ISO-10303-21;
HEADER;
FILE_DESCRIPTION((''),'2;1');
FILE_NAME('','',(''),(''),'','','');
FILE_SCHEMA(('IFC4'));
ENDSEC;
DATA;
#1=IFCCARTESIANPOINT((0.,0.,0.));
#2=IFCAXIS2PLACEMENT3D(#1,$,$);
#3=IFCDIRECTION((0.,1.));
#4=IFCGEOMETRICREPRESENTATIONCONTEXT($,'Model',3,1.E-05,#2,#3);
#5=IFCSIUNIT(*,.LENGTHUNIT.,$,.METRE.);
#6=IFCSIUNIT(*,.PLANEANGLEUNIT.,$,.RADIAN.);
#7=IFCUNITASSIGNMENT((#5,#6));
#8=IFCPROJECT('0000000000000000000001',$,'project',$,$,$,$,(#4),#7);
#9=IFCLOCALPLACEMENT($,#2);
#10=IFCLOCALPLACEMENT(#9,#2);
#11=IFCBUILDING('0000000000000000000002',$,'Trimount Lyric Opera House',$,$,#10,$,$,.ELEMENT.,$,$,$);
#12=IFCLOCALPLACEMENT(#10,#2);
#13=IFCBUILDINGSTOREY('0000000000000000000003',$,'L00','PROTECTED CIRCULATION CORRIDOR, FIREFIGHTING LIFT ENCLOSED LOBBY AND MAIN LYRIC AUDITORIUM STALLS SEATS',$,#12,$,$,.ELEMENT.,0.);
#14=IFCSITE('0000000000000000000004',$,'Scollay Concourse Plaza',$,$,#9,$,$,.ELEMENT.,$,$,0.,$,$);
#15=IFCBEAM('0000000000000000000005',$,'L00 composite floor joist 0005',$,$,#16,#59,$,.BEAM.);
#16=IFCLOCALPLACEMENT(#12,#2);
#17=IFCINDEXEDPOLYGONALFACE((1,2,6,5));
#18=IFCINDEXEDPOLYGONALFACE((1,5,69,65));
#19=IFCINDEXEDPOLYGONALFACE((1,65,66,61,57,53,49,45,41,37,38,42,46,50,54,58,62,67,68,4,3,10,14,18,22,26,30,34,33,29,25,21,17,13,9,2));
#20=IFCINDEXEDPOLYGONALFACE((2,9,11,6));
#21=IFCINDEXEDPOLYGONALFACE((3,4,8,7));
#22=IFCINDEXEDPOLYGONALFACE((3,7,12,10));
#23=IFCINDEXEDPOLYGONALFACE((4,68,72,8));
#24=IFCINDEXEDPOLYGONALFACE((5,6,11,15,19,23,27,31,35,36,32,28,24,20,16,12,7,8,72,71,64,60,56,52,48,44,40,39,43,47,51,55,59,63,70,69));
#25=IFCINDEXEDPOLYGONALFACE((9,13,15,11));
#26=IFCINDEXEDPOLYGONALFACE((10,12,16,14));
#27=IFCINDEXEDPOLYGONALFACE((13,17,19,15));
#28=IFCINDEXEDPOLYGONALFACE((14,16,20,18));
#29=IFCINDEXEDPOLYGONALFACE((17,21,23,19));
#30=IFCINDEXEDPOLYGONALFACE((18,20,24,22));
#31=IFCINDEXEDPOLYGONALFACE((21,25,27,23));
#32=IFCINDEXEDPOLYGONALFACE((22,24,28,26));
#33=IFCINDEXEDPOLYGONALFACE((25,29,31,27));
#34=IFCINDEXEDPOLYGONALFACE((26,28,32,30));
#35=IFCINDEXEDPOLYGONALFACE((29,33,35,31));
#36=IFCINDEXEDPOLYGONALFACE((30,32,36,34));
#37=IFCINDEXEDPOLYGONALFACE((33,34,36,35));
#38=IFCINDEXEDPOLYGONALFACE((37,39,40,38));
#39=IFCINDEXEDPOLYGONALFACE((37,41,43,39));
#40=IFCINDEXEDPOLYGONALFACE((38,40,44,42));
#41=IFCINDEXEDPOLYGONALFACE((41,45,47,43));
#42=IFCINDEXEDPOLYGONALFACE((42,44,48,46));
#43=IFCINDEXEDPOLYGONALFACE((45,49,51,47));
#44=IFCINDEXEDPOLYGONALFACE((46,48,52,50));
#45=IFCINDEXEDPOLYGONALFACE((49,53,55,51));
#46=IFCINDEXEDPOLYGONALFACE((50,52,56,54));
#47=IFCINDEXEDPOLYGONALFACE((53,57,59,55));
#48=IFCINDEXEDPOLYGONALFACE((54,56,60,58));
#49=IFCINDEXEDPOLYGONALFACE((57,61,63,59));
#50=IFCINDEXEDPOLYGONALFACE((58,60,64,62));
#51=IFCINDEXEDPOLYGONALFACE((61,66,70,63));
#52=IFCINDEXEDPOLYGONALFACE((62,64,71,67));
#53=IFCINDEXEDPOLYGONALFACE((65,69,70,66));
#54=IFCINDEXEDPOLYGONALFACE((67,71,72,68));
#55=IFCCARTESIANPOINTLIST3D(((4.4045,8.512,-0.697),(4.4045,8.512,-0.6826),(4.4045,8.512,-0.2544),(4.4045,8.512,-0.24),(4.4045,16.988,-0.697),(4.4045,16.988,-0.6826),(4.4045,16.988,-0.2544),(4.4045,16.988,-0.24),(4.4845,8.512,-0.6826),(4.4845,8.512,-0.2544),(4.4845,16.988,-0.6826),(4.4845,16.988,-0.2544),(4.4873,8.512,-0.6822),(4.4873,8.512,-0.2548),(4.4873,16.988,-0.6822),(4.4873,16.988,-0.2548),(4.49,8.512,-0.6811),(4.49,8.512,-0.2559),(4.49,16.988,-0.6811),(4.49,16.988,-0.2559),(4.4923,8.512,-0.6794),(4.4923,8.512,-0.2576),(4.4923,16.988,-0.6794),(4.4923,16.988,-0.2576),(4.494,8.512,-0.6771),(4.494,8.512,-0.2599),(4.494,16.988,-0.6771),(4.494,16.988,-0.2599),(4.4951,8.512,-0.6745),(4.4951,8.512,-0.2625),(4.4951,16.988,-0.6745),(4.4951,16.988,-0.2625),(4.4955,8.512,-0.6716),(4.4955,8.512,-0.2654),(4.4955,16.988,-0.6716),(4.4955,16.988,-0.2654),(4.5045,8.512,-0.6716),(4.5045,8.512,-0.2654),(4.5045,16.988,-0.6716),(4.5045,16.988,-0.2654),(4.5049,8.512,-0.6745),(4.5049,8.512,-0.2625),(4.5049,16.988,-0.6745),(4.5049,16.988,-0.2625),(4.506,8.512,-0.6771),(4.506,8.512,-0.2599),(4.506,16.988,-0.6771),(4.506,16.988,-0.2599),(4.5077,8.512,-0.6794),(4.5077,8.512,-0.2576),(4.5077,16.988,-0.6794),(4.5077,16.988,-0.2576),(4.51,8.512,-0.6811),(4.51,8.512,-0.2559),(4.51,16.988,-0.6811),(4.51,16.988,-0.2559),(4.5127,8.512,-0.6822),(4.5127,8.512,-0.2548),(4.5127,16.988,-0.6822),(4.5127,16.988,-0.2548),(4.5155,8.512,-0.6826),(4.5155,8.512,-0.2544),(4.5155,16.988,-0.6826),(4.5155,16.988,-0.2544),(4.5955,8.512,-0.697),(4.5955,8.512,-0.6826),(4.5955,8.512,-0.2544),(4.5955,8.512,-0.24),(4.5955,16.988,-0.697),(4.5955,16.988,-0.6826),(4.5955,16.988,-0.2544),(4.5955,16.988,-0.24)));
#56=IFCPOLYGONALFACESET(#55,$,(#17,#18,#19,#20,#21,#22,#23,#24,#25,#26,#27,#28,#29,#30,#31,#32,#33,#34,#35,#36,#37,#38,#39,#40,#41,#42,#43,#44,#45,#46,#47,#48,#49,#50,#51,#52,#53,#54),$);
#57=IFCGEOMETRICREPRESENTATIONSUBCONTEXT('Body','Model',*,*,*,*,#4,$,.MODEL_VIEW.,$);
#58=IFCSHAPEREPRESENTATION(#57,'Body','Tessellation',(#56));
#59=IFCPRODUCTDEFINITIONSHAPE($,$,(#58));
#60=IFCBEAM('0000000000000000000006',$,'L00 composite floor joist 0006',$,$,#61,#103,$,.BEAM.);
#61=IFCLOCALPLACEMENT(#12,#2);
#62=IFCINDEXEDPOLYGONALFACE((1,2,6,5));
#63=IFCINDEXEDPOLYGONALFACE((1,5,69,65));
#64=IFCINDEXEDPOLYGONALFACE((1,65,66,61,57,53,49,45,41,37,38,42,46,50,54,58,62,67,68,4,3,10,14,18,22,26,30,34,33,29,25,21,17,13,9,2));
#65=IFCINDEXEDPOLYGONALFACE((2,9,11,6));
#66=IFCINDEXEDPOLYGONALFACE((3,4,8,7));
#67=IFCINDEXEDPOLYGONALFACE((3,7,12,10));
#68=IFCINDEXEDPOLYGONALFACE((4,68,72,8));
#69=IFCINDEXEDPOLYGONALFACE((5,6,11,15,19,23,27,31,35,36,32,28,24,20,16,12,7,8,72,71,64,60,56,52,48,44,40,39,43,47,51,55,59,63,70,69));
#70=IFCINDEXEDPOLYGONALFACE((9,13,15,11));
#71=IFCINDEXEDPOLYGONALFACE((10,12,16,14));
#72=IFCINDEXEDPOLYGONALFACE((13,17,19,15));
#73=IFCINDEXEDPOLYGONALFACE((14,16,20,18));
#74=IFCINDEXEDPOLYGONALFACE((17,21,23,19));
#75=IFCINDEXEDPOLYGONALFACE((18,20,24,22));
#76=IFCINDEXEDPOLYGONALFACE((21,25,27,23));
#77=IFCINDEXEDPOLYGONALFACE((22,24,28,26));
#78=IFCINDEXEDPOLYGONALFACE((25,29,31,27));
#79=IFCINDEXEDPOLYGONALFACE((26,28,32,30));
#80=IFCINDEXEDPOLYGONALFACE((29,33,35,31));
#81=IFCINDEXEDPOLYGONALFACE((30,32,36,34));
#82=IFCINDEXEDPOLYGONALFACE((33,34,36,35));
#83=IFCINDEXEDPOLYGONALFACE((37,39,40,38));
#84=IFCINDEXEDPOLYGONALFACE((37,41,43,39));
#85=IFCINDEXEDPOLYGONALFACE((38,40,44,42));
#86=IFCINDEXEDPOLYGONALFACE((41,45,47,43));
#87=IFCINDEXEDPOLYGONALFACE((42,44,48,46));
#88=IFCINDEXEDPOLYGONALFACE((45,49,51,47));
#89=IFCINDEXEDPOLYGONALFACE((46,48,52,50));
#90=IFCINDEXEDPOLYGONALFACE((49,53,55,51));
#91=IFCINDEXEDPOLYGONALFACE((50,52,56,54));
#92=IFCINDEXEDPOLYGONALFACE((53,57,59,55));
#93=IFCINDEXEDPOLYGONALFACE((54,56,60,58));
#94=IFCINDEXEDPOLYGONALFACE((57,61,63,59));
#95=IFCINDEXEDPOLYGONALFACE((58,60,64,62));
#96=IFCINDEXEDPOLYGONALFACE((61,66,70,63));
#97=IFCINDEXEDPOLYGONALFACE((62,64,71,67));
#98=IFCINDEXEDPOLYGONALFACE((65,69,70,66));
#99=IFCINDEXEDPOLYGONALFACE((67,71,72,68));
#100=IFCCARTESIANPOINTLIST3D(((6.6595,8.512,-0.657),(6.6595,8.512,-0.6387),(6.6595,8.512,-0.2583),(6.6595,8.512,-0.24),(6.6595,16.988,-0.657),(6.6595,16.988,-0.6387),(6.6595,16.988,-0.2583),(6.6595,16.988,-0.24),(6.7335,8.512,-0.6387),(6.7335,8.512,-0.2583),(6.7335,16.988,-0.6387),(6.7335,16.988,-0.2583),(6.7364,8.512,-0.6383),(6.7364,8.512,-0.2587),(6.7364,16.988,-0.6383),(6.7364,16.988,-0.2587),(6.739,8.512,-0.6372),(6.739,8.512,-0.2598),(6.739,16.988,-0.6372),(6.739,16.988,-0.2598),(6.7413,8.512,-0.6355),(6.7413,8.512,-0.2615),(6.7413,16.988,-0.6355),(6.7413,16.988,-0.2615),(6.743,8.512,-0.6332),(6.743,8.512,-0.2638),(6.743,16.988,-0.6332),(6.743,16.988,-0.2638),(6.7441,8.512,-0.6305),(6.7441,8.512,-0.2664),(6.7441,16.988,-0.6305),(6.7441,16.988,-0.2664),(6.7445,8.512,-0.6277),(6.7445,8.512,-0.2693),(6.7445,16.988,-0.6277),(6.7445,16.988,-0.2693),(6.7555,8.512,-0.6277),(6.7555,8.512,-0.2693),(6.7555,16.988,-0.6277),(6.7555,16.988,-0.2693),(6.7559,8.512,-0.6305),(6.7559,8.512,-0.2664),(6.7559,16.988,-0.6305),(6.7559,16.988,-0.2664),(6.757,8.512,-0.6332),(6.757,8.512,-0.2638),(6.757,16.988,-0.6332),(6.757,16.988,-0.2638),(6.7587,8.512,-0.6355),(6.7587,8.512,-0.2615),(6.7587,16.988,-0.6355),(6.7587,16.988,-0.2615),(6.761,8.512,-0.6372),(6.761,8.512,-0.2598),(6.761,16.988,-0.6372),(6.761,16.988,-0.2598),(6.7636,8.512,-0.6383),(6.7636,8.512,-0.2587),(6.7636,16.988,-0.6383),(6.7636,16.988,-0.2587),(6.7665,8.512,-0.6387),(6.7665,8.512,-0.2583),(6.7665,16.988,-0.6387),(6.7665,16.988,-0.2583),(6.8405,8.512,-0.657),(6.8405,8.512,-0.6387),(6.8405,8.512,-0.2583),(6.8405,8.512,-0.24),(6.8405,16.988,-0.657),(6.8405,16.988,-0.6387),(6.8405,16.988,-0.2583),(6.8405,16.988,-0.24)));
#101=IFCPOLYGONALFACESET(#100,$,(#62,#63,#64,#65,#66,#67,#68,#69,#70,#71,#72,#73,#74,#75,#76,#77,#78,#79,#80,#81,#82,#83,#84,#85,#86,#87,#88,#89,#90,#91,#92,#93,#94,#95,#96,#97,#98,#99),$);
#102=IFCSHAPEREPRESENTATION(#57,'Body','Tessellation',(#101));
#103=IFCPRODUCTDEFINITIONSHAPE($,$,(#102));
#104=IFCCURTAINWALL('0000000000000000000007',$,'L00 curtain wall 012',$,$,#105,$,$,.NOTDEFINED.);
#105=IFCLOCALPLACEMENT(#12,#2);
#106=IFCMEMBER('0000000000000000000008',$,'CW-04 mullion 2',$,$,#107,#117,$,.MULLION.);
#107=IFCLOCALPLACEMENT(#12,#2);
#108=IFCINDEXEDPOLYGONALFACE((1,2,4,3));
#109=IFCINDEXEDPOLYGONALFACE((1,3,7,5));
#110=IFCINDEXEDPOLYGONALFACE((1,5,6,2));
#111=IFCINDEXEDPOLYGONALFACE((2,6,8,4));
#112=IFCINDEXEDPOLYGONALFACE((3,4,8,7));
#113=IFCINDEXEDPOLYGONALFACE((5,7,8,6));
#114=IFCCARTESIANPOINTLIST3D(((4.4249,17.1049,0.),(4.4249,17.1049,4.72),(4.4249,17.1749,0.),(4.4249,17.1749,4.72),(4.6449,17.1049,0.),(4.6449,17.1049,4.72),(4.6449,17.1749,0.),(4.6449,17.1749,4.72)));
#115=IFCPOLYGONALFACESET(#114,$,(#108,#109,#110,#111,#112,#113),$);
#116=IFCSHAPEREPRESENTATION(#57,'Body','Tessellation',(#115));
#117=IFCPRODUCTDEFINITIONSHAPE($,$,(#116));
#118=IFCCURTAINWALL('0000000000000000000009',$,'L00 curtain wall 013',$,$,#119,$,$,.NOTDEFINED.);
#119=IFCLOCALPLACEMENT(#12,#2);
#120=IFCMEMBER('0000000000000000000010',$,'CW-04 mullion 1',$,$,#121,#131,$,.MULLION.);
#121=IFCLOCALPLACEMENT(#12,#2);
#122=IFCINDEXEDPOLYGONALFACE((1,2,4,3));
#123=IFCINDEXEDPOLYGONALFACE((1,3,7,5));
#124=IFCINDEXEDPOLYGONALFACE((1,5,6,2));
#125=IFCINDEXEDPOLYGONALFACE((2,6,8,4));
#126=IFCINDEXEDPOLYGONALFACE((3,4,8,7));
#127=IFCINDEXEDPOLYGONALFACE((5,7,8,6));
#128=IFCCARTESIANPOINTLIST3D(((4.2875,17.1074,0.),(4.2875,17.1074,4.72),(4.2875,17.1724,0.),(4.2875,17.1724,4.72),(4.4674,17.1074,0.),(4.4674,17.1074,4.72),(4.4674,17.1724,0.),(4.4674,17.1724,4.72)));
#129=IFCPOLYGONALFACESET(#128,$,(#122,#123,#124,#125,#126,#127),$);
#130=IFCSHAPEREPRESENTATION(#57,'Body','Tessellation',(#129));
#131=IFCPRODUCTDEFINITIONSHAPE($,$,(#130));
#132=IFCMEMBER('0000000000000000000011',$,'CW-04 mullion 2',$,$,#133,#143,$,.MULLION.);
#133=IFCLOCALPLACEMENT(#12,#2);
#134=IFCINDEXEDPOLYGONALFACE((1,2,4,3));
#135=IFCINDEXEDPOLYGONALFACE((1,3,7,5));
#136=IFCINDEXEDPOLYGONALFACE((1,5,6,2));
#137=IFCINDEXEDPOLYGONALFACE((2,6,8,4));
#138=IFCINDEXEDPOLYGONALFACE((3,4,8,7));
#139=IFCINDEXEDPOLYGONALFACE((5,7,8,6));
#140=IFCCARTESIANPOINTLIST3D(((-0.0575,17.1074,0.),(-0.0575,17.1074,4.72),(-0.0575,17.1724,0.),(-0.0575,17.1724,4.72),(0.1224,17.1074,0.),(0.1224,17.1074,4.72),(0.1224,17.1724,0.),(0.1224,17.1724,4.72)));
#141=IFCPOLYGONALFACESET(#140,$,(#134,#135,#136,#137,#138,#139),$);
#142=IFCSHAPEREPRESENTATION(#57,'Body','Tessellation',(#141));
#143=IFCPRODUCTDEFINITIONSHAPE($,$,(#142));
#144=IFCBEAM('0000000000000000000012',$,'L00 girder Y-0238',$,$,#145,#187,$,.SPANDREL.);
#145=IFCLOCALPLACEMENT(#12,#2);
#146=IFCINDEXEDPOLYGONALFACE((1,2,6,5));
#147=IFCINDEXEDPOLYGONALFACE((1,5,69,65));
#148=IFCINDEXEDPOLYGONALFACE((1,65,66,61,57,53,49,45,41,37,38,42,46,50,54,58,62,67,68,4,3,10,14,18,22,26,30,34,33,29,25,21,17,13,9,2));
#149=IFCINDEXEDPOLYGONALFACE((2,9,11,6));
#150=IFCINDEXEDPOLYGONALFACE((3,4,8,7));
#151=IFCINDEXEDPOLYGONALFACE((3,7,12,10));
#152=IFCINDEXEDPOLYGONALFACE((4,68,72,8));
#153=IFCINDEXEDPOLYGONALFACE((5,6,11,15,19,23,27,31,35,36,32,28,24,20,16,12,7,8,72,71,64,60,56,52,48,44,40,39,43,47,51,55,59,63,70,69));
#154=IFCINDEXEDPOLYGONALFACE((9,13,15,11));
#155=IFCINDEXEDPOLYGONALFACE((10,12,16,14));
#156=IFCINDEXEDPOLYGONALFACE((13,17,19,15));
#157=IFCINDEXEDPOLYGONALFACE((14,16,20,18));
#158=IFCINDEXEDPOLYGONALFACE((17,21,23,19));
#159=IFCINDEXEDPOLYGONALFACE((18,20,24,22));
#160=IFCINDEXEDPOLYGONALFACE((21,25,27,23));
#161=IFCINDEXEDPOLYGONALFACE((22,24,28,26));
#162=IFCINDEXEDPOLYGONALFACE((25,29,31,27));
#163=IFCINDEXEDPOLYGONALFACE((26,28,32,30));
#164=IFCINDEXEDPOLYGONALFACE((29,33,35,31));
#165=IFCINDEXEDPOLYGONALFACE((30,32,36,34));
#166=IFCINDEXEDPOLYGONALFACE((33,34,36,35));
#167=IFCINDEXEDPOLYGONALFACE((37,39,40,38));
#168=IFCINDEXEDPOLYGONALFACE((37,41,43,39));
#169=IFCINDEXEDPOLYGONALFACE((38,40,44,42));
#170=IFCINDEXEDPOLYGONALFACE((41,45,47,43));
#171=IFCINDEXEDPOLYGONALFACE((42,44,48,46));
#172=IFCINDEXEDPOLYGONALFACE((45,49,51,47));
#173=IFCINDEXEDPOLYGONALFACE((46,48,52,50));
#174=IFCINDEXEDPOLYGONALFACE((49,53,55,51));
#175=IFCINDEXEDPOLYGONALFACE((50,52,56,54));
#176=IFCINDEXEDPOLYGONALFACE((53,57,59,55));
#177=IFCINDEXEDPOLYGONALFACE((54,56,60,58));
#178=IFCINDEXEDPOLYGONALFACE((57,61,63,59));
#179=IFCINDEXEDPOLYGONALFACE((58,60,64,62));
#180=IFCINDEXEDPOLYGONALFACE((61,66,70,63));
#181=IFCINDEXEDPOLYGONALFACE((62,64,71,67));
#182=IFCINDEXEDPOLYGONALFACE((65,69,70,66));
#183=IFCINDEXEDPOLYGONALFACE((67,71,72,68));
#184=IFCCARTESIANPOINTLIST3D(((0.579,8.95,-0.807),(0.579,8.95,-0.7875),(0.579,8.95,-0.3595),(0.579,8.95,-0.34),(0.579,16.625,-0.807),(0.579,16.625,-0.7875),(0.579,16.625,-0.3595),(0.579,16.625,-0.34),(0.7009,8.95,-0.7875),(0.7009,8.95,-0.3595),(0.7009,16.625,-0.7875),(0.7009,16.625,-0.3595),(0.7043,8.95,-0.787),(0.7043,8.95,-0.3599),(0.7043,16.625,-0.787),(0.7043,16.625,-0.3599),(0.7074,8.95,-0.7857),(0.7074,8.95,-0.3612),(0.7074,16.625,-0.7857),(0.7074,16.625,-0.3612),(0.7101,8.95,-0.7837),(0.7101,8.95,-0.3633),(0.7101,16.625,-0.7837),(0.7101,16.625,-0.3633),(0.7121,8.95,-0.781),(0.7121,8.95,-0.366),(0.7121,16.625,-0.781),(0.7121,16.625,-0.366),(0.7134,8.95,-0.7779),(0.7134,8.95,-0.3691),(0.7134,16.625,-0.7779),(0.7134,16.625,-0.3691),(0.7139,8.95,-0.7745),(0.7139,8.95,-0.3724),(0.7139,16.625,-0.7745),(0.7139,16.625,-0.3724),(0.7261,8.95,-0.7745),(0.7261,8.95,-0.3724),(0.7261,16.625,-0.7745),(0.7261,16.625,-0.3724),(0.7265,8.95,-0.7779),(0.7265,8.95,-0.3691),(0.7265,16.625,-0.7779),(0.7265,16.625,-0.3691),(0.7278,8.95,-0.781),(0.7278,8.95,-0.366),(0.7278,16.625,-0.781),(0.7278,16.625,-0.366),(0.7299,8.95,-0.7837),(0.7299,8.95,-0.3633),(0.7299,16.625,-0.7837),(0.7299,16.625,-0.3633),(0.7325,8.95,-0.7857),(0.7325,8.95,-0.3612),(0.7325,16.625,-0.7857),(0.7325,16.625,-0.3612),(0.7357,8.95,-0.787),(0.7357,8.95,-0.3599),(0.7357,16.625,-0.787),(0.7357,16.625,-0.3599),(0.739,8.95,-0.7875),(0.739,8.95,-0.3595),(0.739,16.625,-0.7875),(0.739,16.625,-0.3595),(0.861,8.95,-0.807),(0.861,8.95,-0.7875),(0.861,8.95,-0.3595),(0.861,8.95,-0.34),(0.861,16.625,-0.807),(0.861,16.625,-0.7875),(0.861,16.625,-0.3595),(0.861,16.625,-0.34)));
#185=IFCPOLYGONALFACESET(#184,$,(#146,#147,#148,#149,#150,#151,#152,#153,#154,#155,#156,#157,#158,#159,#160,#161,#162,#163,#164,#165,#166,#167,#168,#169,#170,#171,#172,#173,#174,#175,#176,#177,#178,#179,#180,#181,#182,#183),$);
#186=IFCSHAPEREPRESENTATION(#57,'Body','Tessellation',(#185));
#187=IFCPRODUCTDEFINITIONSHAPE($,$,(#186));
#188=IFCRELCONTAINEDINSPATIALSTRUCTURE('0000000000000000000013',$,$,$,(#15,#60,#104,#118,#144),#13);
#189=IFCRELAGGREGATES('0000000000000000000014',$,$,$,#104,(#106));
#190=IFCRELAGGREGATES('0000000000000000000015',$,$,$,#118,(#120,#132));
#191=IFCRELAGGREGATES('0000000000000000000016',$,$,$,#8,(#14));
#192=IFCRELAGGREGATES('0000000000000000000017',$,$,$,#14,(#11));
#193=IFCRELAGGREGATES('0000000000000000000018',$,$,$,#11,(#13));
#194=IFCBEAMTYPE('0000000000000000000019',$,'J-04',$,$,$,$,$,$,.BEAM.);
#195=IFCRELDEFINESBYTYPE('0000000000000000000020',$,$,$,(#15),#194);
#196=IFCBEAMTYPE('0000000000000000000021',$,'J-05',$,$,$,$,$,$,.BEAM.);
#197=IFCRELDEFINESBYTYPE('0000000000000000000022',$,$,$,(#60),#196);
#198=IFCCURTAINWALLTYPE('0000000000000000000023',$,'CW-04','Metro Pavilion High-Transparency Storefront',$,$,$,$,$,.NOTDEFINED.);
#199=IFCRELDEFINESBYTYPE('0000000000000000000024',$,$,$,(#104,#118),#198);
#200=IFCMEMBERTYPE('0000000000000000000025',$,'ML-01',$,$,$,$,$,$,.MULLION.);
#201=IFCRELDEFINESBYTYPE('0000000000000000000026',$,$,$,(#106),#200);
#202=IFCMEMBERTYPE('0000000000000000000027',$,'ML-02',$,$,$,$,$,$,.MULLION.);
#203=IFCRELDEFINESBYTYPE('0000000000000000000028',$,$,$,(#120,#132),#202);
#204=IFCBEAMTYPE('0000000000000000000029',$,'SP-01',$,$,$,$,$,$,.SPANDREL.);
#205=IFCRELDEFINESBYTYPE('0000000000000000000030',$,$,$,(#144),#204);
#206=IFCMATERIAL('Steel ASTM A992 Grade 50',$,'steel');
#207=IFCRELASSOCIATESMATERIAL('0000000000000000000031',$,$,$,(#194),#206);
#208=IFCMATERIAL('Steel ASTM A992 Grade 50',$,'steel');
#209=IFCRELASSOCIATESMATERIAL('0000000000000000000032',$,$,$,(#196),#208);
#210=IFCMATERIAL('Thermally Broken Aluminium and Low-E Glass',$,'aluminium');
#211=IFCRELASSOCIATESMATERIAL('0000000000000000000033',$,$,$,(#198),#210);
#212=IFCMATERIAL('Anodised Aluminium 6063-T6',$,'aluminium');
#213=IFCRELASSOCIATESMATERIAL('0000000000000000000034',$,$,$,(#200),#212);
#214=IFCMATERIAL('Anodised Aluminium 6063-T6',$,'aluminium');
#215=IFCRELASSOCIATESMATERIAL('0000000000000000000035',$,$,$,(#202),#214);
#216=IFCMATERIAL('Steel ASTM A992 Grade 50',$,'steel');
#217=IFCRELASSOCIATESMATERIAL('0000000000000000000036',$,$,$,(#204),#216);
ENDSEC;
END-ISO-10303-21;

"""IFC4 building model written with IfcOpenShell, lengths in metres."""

from ifc_helpers import new_model, si_unit, direction, frame, origin, origin_2d, place, context, subcontext, project, spatial, rectangle, i_section, extrude, material, material_profile, profile_set, type_object, element, aggregate, save


model = new_model("IFC4")

# Units and contexts
model_context = context("Model", 3, precision=1e-05, world=origin(), true_north=direction((0.0, 1.0)))
body_context = subcontext(model_context, "Body", "Model", "MODEL_VIEW")
ifc_project = project(units=[si_unit("LENGTHUNIT", "METRE"), si_unit("PLANEANGLEUNIT", "RADIAN")], contexts=[model_context])

# Site, building, storey
site_placement = place(None, origin())
site = spatial("IfcSite", under=ifc_project, at=site_placement, Name="Scollay Concourse Plaza", CompositionType="ELEMENT", RefElevation=0.0)
building_placement = place(site_placement, origin())
building = spatial("IfcBuilding", under=site, at=building_placement, Name="Trimount Lyric Opera House", CompositionType="ELEMENT")
storey_placement = place(building_placement, origin())
storey = spatial("IfcBuildingStorey", under=building, at=storey_placement, Name="L00", Description="PROTECTED CIRCULATION CORRIDOR, FIREFIGHTING LIFT ENCLOSED LOBBY AND MAIN LYRIC AUDITORIUM STALLS SEATS", CompositionType="ELEMENT", Elevation=0.0)

# Beams
ifc_material_1 = material(Name="Steel ASTM A992 Grade 50", Category="steel")
ifc_material_profile_1 = material_profile(ifc_material_1, i_section(OverallWidth=0.1909, OverallDepth=0.457, WebThickness=0.009, FlangeThickness=0.0144, FilletRadius=0.011, at=origin_2d()), Name="W18X50")
ifc_profile_set_1 = profile_set([ifc_material_profile_1], Name="Steel ASTM A992 Grade 50")
beam_type_1 = type_object("IfcBeamType", Name="J-04", PredefinedType="BEAM", material=ifc_profile_set_1)
beam_1_placement = place(storey_placement, frame((4.5, 8.512, -0.4685), z_axis=(0.0, 1.0, 0.0), x_axis=(-1.0, 0.0, 0.0)))
element("IfcBeam", 1, at=beam_1_placement, inside=storey, type_object=beam_type_1, Name="L00 composite floor joist 0005", PredefinedType="BEAM", context=body_context, shape_type="SweptSolid", body=[
    extrude(i_section(OverallWidth=0.1909, OverallDepth=0.457, WebThickness=0.009, FlangeThickness=0.0144, FilletRadius=0.011, at=origin_2d()), origin(), (0.0, 0.0, 1.0), 8.4761),
])
ifc_material_2 = material(Name="Steel ASTM A992 Grade 50", Category="steel")
ifc_material_profile_2 = material_profile(ifc_material_2, i_section(OverallWidth=0.1809, OverallDepth=0.417, WebThickness=0.011, FlangeThickness=0.0183, FilletRadius=0.011, at=origin_2d()), Name="W16X57")
ifc_profile_set_2 = profile_set([ifc_material_profile_2], Name="Steel ASTM A992 Grade 50")
beam_type_2 = type_object("IfcBeamType", Name="J-05", PredefinedType="BEAM", material=ifc_profile_set_2)
beam_2_placement = place(storey_placement, frame((6.75, 8.512, -0.4485), z_axis=(0.0, 1.0, 0.0), x_axis=(-1.0, 0.0, 0.0)))
element("IfcBeam", 2, at=beam_2_placement, inside=storey, type_object=beam_type_2, Name="L00 composite floor joist 0006", PredefinedType="BEAM", context=body_context, shape_type="SweptSolid", body=[
    extrude(i_section(OverallWidth=0.1809, OverallDepth=0.417, WebThickness=0.011, FlangeThickness=0.0183, FilletRadius=0.011, at=origin_2d()), origin(), (0.0, 0.0, 1.0), 8.4761),
])

# Curtain wall, member
ifc_material_3 = material(Name="Thermally Broken Aluminium and Low-E Glass", Category="aluminium")
curtain_wall_type = type_object("IfcCurtainWallType", Name="CW-04", Description="Metro Pavilion High-Transparency Storefront", PredefinedType="NOTDEFINED", material=ifc_material_3)
curtain_wall_1_placement = place(storey_placement, origin())
curtain_wall_1 = element("IfcCurtainWall", 3, at=curtain_wall_1_placement, inside=storey, type_object=curtain_wall_type, Name="L00 curtain wall 012", PredefinedType="NOTDEFINED")
ifc_material_4 = material(Name="Anodised Aluminium 6063-T6", Category="aluminium")
ifc_material_profile_3 = material_profile(ifc_material_4, rectangle(XDim=0.0701, YDim=0.22, at=origin_2d()), Name="ALU-MULL-70X220")
ifc_profile_set_3 = profile_set([ifc_material_profile_3], Name="Anodised Aluminium 6063-T6")
member_type_1 = type_object("IfcMemberType", Name="ML-01", PredefinedType="MULLION", material=ifc_profile_set_3)
member_1_placement = place(storey_placement, frame((4.5349, 17.1399, 0.0), z_axis=(0.0, 0.0, 1.0), x_axis=(0.0, -1.0, 0.0)))
member_1 = element("IfcMember", 4, at=member_1_placement, type_object=member_type_1, Name="CW-04 mullion 2", PredefinedType="MULLION", context=body_context, shape_type="SweptSolid", body=[
    extrude(rectangle(XDim=0.0701, YDim=0.22, at=origin_2d()), origin(), (0.0, 0.0, 1.0), 4.72),
])

# Curtain wall, members
curtain_wall_2_placement = place(storey_placement, origin())
curtain_wall_2 = element("IfcCurtainWall", 5, at=curtain_wall_2_placement, inside=storey, type_object=curtain_wall_type, Name="L00 curtain wall 013", PredefinedType="NOTDEFINED")
ifc_material_5 = material(Name="Anodised Aluminium 6063-T6", Category="aluminium")
ifc_material_profile_4 = material_profile(ifc_material_5, rectangle(XDim=0.0649, YDim=0.1799, at=origin_2d()), Name="ALU-MULL-65X180")
ifc_profile_set_4 = profile_set([ifc_material_profile_4], Name="Anodised Aluminium 6063-T6")
member_type_2 = type_object("IfcMemberType", Name="ML-02", PredefinedType="MULLION", material=ifc_profile_set_4)
member_2_placement = place(storey_placement, frame((4.3774, 17.1399, 0.0), z_axis=(0.0, 0.0, 1.0), x_axis=(0.0, -1.0, 0.0)))
member_2 = element("IfcMember", 6, at=member_2_placement, type_object=member_type_2, Name="CW-04 mullion 1", PredefinedType="MULLION", context=body_context, shape_type="SweptSolid", body=[
    extrude(rectangle(XDim=0.0649, YDim=0.1799, at=origin_2d()), origin(), (0.0, 0.0, 1.0), 4.72),
])
member_3_placement = place(storey_placement, frame((0.0325, 17.1399, 0.0), z_axis=(0.0, 0.0, 1.0), x_axis=(0.0, -1.0, 0.0)))
member_3 = element("IfcMember", 7, at=member_3_placement, type_object=member_type_2, Name="CW-04 mullion 2", PredefinedType="MULLION", context=body_context, shape_type="SweptSolid", body=[
    extrude(rectangle(XDim=0.0649, YDim=0.1799, at=origin_2d()), origin(), (0.0, 0.0, 1.0), 4.72),
])

# Beam
ifc_material_6 = material(Name="Steel ASTM A992 Grade 50", Category="steel")
ifc_material_profile_5 = material_profile(ifc_material_6, i_section(OverallWidth=0.282, OverallDepth=0.467, WebThickness=0.0122, FlangeThickness=0.0195, FilletRadius=0.0129, at=origin_2d()), Name="W18X86")
ifc_profile_set_5 = profile_set([ifc_material_profile_5], Name="Steel ASTM A992 Grade 50")
beam_type_3 = type_object("IfcBeamType", Name="SP-01", PredefinedType="SPANDREL", material=ifc_profile_set_5)
beam_3_placement = place(storey_placement, frame((0.72, 8.95, -0.5735), z_axis=(0.0, 1.0, 0.0), x_axis=(-1.0, 0.0, 0.0)))
element("IfcBeam", 8, at=beam_3_placement, inside=storey, type_object=beam_type_3, Name="L00 girder Y-0238", PredefinedType="SPANDREL", context=body_context, shape_type="SweptSolid", body=[
    extrude(i_section(OverallWidth=0.282, OverallDepth=0.467, WebThickness=0.0122, FlangeThickness=0.0195, FilletRadius=0.0129, at=origin_2d()), origin(), (0.0, 0.0, 1.0), 7.675),
])

aggregate(curtain_wall_1, [member_1])
aggregate(curtain_wall_2, [member_2, member_3])

save(model, "model.ifc")
